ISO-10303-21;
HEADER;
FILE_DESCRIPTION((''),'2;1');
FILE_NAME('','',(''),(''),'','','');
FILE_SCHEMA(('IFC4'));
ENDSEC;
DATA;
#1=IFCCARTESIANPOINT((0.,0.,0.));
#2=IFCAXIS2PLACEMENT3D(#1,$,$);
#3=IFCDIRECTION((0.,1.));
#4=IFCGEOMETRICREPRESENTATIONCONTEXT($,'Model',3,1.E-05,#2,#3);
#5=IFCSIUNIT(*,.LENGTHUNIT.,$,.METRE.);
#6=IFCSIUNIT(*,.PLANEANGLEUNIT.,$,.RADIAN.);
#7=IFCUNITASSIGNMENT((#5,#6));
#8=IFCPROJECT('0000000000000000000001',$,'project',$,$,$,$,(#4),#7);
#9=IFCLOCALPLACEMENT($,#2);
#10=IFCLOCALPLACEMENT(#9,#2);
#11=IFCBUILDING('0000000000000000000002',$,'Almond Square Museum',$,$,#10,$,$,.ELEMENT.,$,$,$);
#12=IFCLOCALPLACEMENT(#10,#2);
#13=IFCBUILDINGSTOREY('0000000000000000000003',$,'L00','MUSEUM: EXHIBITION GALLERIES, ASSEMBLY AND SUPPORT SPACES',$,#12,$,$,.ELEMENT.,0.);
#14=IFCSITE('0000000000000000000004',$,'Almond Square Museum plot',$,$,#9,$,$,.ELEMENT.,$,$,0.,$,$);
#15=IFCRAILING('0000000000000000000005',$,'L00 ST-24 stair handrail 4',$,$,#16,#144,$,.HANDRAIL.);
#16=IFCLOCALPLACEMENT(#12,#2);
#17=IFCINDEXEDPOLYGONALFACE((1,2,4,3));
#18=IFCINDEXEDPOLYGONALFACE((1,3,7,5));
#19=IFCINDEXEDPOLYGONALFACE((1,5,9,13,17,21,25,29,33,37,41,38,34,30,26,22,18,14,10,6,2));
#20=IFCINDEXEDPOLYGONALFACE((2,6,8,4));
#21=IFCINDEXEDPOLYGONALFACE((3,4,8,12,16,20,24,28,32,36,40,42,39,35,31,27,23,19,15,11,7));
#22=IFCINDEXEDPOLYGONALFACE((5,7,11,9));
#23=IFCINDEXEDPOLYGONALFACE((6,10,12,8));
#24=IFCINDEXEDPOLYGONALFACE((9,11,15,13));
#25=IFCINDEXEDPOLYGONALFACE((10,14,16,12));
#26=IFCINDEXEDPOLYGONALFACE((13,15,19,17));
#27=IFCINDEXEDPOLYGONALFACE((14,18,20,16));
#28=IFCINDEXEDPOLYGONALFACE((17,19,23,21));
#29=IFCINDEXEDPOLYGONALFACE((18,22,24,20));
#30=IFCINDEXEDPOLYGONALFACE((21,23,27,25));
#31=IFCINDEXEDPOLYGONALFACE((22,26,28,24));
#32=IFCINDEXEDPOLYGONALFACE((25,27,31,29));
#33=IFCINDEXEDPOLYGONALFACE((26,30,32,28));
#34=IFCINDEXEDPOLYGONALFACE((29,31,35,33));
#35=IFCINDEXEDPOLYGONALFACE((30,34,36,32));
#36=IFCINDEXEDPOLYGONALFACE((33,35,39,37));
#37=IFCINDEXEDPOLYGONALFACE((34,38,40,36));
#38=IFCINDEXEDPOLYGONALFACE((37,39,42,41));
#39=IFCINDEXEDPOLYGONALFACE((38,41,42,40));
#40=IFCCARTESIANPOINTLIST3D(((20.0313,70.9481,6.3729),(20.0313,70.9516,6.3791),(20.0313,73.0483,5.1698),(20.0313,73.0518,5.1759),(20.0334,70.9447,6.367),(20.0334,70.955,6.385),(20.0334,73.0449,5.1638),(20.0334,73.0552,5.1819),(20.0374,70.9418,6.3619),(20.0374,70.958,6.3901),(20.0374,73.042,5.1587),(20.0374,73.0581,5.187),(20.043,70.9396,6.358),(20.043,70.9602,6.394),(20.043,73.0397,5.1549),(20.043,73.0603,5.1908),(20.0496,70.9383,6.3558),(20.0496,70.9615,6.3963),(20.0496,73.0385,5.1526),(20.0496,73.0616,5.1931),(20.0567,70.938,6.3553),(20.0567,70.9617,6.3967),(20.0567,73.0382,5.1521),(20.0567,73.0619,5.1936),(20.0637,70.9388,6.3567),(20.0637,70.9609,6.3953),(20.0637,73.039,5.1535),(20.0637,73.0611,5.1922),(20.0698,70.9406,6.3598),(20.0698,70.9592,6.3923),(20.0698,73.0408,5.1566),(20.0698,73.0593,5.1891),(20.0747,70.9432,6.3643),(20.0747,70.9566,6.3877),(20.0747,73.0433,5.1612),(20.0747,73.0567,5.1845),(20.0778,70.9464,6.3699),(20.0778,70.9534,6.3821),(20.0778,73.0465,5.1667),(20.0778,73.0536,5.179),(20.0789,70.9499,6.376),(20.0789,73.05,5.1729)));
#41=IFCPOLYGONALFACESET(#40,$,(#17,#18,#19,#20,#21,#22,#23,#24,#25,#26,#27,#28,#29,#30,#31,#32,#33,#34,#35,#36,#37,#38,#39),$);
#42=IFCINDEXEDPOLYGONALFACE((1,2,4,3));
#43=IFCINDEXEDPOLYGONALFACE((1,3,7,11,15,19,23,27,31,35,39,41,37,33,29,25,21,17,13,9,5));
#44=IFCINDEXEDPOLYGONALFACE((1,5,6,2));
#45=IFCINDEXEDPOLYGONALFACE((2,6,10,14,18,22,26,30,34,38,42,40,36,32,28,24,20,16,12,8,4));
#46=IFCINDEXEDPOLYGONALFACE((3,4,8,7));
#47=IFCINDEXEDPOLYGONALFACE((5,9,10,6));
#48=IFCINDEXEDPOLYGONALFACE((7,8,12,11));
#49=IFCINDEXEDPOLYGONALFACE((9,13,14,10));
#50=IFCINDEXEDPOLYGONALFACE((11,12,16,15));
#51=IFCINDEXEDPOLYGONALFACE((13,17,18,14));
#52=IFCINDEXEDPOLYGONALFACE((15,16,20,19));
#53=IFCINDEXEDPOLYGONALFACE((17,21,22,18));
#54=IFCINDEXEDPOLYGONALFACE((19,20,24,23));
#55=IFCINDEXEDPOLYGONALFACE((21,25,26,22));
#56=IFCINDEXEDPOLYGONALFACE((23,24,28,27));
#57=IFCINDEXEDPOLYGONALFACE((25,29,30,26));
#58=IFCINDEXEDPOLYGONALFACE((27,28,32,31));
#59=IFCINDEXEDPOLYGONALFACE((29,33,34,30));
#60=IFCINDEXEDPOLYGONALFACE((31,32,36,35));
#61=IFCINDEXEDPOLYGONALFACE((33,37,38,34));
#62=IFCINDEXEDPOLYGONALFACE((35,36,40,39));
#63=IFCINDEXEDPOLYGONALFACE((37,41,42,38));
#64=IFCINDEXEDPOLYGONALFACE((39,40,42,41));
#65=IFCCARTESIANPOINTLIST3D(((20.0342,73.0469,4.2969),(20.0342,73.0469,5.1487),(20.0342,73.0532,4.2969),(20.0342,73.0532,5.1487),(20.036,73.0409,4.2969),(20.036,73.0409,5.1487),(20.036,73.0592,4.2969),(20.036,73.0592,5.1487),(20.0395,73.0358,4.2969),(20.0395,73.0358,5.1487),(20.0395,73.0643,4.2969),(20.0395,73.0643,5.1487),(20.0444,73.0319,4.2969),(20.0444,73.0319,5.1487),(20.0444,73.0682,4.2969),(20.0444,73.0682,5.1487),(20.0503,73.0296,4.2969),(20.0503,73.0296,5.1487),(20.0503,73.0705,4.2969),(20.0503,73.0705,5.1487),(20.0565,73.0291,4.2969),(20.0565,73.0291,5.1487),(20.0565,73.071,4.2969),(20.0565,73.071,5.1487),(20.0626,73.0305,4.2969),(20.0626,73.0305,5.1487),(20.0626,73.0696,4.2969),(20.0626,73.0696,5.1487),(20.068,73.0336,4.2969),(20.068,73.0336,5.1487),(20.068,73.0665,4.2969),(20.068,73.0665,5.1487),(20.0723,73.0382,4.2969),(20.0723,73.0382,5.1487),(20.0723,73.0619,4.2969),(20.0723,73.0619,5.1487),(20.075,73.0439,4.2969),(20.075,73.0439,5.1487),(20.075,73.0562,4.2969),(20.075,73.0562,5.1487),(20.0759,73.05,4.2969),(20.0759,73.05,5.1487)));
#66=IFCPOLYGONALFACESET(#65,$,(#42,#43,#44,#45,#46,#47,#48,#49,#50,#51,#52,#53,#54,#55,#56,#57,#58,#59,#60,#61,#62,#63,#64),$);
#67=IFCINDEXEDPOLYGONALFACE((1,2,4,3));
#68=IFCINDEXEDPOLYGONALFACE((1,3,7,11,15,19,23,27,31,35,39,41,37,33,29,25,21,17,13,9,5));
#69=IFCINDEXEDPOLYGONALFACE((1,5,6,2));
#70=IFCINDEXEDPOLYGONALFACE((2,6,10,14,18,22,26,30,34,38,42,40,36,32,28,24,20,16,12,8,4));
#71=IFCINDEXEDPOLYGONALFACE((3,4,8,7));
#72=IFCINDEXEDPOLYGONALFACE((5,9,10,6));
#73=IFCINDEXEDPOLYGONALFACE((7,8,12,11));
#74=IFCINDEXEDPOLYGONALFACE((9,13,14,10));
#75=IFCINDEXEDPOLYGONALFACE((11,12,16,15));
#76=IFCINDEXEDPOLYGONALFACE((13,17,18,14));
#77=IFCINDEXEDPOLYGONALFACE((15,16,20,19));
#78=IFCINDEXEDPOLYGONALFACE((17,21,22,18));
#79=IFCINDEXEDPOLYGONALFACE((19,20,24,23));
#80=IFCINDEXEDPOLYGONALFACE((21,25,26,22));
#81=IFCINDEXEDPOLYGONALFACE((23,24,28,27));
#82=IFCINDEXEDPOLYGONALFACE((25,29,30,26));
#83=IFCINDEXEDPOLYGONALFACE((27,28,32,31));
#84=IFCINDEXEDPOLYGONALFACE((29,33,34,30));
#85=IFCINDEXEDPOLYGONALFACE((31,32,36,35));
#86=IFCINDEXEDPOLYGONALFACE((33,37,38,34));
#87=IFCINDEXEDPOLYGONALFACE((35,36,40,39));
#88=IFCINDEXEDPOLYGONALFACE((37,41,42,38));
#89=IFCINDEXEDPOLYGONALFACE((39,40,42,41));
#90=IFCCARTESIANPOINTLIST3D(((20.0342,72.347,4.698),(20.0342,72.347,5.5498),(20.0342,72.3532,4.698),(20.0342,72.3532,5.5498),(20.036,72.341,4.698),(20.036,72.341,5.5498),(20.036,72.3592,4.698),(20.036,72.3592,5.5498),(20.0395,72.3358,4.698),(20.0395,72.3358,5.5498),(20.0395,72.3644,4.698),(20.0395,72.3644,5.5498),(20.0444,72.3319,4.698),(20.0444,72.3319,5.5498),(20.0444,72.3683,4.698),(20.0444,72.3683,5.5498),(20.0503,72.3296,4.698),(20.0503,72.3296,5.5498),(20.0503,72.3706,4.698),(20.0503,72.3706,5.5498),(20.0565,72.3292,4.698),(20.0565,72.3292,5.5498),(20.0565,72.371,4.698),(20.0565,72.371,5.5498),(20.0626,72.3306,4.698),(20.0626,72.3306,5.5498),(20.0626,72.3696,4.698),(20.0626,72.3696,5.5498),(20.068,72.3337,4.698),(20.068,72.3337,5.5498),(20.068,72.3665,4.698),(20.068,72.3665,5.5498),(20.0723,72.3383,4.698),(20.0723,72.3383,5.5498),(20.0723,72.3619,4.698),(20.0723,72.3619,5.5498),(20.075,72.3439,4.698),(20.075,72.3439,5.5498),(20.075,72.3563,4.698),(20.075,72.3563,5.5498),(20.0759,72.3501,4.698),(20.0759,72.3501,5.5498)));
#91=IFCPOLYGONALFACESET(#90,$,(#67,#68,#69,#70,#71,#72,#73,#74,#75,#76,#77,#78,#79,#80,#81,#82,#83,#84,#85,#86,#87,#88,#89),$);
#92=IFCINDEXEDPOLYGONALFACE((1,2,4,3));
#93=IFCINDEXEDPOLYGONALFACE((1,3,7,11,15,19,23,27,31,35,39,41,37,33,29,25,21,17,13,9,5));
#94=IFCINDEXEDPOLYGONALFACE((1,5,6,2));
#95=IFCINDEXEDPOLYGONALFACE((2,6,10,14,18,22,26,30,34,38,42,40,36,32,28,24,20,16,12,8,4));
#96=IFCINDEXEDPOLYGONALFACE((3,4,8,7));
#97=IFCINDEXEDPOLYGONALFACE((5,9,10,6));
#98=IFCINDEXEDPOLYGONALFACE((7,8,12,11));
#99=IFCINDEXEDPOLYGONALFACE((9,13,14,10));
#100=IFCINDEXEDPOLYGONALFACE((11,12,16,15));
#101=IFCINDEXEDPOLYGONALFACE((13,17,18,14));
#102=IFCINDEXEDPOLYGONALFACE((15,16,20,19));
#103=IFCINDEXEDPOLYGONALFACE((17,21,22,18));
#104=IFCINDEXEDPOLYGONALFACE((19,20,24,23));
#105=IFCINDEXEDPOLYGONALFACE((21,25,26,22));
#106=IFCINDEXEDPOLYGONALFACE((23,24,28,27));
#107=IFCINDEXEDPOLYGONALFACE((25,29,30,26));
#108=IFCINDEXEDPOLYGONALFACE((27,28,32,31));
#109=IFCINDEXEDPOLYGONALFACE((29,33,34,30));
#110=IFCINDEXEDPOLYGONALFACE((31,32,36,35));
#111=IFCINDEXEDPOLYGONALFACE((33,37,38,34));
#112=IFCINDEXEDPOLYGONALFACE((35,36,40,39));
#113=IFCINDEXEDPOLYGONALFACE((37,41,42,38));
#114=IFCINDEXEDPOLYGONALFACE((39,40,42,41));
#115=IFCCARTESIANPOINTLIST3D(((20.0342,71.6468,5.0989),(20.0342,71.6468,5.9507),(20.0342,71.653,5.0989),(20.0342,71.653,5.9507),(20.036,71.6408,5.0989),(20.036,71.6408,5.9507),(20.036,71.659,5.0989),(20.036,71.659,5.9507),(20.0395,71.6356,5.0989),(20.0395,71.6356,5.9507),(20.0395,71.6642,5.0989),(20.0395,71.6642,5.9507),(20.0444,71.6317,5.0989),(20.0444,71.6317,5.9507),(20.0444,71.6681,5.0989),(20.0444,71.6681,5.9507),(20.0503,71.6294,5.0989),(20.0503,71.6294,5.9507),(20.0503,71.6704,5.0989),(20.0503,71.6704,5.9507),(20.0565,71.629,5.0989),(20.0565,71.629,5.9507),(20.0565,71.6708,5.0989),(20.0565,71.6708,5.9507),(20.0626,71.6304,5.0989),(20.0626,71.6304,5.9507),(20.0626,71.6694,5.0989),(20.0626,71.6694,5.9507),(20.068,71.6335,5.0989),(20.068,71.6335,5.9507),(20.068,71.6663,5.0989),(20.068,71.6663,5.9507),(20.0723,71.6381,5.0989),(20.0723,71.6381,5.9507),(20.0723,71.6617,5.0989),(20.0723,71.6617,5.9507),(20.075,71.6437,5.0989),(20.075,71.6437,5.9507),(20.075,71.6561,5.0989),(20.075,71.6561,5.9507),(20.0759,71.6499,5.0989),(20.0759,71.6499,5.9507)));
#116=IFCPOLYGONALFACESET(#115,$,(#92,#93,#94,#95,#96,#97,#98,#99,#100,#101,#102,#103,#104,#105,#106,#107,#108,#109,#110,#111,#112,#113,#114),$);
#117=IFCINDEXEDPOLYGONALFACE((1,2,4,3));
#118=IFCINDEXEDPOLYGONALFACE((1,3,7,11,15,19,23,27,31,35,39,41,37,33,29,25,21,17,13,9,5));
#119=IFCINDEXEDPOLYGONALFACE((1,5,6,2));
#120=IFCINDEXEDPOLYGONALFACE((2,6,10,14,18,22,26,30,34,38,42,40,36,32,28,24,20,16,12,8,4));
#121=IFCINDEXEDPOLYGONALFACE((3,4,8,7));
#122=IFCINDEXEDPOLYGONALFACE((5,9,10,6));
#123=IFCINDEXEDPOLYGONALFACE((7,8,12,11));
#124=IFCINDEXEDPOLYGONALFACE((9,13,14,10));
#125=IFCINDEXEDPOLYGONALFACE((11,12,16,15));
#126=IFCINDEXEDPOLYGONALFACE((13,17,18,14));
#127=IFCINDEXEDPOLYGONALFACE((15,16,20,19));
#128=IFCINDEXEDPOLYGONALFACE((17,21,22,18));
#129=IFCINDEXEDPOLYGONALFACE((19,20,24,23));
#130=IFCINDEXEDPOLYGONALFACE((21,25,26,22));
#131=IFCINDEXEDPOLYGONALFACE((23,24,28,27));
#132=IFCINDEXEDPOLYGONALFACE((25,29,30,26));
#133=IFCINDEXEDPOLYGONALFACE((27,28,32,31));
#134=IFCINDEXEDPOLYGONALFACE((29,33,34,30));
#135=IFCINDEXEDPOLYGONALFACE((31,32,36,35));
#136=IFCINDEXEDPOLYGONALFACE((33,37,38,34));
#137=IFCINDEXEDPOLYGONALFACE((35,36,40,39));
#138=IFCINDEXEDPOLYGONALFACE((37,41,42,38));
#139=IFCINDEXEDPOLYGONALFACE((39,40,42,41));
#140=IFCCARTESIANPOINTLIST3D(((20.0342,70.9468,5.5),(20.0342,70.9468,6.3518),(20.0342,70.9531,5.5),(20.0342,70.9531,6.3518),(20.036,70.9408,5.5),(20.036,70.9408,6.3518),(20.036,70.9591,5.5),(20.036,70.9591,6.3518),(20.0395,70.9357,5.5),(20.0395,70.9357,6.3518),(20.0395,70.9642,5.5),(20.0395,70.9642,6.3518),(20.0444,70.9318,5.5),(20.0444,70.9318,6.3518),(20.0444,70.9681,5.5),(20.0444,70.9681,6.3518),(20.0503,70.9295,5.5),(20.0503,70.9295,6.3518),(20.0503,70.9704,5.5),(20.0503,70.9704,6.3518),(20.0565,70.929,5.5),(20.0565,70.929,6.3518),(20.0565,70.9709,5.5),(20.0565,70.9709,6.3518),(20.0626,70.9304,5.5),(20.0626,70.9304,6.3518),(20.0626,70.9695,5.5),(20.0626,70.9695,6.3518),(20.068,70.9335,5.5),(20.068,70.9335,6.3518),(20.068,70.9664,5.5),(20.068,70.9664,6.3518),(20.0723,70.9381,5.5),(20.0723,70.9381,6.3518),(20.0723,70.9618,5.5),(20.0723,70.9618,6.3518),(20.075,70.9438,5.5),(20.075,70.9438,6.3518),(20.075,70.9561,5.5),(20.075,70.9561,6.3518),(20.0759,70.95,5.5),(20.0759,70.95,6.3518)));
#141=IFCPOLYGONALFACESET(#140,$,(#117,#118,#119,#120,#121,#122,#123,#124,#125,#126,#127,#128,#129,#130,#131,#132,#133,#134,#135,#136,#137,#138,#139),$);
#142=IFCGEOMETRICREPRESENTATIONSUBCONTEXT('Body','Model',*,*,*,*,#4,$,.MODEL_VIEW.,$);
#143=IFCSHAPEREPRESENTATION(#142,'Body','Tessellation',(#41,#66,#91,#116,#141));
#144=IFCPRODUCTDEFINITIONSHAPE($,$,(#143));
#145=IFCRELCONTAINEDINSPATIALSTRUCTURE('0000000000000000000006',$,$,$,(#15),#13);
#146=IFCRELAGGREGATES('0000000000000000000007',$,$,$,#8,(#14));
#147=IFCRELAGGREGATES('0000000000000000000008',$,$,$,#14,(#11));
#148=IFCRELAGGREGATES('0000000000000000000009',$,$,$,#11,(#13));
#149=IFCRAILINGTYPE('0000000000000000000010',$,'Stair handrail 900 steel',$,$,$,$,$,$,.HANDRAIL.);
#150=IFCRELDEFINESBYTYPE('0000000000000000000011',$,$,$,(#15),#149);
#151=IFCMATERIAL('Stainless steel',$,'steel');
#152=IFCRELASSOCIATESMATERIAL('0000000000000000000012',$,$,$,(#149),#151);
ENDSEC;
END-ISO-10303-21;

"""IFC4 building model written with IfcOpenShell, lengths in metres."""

from ifc_helpers import new_model, si_unit, direction, frame, origin, origin_2d, place, context, subcontext, project, spatial, circle, extrude, material, type_object, element, save


model = new_model("IFC4")

# Units and contexts
model_context = context("Model", 3, precision=1e-05, world=origin(), true_north=direction((0.0, 1.0)))
body_context = subcontext(model_context, "Body", "Model", "MODEL_VIEW")
ifc_project = project(units=[si_unit("LENGTHUNIT", "METRE"), si_unit("PLANEANGLEUNIT", "RADIAN")], contexts=[model_context])

# Site, building, storey
site_placement = place(None, origin())
site = spatial("IfcSite", under=ifc_project, at=site_placement, Name="Almond Square Museum plot", CompositionType="ELEMENT", RefElevation=0.0)
building_placement = place(site_placement, origin())
building = spatial("IfcBuilding", under=site, at=building_placement, Name="Almond Square Museum", CompositionType="ELEMENT")
storey_placement = place(building_placement, origin())
storey = spatial("IfcBuildingStorey", under=building, at=storey_placement, Name="L00", Description="MUSEUM: EXHIBITION GALLERIES, ASSEMBLY AND SUPPORT SPACES", CompositionType="ELEMENT", Elevation=0.0)

# Railing
ifc_material_1 = material(Name="Stainless steel", Category="steel")
railing_type_1 = type_object("IfcRailingType", Name="Stair handrail 900 steel", PredefinedType="HANDRAIL", material=ifc_material_1)
for number, where, name in (
    (1, (20.0549, 73.05, 4.2969), "L00 ST-24 stair handrail 4"),
):
    element("IfcRailing", number, at=place(storey_placement, frame(where)), inside=storey, type_object=railing_type_1, Name=name, PredefinedType="HANDRAIL", context=body_context, shape_type="SweptSolid", body=[
        extrude(circle(Radius=0.0239, at=origin_2d()), frame((0.0, 0.0, 0.876), z_axis=(0.0, -0.867696, 0.497095), x_axis=(1.0, 0.0, 0.0)), (0.0, 0.0, 1.0), 2.4204),
        extrude(circle(Radius=0.021, at=origin_2d()), origin(), (0.0, 0.0, 1.0), 0.8518),
        extrude(circle(Radius=0.021, at=origin_2d()), frame((0.0, -0.7, 0.4011)), (0.0, 0.0, 1.0), 0.8518),
        extrude(circle(Radius=0.021, at=origin_2d()), frame((0.0, -1.4001, 0.802)), (0.0, 0.0, 1.0), 0.8518),
        extrude(circle(Radius=0.021, at=origin_2d()), frame((0.0, -2.1001, 1.2031)), (0.0, 0.0, 1.0), 0.8518),
    ])

save(model, "model.ifc")
